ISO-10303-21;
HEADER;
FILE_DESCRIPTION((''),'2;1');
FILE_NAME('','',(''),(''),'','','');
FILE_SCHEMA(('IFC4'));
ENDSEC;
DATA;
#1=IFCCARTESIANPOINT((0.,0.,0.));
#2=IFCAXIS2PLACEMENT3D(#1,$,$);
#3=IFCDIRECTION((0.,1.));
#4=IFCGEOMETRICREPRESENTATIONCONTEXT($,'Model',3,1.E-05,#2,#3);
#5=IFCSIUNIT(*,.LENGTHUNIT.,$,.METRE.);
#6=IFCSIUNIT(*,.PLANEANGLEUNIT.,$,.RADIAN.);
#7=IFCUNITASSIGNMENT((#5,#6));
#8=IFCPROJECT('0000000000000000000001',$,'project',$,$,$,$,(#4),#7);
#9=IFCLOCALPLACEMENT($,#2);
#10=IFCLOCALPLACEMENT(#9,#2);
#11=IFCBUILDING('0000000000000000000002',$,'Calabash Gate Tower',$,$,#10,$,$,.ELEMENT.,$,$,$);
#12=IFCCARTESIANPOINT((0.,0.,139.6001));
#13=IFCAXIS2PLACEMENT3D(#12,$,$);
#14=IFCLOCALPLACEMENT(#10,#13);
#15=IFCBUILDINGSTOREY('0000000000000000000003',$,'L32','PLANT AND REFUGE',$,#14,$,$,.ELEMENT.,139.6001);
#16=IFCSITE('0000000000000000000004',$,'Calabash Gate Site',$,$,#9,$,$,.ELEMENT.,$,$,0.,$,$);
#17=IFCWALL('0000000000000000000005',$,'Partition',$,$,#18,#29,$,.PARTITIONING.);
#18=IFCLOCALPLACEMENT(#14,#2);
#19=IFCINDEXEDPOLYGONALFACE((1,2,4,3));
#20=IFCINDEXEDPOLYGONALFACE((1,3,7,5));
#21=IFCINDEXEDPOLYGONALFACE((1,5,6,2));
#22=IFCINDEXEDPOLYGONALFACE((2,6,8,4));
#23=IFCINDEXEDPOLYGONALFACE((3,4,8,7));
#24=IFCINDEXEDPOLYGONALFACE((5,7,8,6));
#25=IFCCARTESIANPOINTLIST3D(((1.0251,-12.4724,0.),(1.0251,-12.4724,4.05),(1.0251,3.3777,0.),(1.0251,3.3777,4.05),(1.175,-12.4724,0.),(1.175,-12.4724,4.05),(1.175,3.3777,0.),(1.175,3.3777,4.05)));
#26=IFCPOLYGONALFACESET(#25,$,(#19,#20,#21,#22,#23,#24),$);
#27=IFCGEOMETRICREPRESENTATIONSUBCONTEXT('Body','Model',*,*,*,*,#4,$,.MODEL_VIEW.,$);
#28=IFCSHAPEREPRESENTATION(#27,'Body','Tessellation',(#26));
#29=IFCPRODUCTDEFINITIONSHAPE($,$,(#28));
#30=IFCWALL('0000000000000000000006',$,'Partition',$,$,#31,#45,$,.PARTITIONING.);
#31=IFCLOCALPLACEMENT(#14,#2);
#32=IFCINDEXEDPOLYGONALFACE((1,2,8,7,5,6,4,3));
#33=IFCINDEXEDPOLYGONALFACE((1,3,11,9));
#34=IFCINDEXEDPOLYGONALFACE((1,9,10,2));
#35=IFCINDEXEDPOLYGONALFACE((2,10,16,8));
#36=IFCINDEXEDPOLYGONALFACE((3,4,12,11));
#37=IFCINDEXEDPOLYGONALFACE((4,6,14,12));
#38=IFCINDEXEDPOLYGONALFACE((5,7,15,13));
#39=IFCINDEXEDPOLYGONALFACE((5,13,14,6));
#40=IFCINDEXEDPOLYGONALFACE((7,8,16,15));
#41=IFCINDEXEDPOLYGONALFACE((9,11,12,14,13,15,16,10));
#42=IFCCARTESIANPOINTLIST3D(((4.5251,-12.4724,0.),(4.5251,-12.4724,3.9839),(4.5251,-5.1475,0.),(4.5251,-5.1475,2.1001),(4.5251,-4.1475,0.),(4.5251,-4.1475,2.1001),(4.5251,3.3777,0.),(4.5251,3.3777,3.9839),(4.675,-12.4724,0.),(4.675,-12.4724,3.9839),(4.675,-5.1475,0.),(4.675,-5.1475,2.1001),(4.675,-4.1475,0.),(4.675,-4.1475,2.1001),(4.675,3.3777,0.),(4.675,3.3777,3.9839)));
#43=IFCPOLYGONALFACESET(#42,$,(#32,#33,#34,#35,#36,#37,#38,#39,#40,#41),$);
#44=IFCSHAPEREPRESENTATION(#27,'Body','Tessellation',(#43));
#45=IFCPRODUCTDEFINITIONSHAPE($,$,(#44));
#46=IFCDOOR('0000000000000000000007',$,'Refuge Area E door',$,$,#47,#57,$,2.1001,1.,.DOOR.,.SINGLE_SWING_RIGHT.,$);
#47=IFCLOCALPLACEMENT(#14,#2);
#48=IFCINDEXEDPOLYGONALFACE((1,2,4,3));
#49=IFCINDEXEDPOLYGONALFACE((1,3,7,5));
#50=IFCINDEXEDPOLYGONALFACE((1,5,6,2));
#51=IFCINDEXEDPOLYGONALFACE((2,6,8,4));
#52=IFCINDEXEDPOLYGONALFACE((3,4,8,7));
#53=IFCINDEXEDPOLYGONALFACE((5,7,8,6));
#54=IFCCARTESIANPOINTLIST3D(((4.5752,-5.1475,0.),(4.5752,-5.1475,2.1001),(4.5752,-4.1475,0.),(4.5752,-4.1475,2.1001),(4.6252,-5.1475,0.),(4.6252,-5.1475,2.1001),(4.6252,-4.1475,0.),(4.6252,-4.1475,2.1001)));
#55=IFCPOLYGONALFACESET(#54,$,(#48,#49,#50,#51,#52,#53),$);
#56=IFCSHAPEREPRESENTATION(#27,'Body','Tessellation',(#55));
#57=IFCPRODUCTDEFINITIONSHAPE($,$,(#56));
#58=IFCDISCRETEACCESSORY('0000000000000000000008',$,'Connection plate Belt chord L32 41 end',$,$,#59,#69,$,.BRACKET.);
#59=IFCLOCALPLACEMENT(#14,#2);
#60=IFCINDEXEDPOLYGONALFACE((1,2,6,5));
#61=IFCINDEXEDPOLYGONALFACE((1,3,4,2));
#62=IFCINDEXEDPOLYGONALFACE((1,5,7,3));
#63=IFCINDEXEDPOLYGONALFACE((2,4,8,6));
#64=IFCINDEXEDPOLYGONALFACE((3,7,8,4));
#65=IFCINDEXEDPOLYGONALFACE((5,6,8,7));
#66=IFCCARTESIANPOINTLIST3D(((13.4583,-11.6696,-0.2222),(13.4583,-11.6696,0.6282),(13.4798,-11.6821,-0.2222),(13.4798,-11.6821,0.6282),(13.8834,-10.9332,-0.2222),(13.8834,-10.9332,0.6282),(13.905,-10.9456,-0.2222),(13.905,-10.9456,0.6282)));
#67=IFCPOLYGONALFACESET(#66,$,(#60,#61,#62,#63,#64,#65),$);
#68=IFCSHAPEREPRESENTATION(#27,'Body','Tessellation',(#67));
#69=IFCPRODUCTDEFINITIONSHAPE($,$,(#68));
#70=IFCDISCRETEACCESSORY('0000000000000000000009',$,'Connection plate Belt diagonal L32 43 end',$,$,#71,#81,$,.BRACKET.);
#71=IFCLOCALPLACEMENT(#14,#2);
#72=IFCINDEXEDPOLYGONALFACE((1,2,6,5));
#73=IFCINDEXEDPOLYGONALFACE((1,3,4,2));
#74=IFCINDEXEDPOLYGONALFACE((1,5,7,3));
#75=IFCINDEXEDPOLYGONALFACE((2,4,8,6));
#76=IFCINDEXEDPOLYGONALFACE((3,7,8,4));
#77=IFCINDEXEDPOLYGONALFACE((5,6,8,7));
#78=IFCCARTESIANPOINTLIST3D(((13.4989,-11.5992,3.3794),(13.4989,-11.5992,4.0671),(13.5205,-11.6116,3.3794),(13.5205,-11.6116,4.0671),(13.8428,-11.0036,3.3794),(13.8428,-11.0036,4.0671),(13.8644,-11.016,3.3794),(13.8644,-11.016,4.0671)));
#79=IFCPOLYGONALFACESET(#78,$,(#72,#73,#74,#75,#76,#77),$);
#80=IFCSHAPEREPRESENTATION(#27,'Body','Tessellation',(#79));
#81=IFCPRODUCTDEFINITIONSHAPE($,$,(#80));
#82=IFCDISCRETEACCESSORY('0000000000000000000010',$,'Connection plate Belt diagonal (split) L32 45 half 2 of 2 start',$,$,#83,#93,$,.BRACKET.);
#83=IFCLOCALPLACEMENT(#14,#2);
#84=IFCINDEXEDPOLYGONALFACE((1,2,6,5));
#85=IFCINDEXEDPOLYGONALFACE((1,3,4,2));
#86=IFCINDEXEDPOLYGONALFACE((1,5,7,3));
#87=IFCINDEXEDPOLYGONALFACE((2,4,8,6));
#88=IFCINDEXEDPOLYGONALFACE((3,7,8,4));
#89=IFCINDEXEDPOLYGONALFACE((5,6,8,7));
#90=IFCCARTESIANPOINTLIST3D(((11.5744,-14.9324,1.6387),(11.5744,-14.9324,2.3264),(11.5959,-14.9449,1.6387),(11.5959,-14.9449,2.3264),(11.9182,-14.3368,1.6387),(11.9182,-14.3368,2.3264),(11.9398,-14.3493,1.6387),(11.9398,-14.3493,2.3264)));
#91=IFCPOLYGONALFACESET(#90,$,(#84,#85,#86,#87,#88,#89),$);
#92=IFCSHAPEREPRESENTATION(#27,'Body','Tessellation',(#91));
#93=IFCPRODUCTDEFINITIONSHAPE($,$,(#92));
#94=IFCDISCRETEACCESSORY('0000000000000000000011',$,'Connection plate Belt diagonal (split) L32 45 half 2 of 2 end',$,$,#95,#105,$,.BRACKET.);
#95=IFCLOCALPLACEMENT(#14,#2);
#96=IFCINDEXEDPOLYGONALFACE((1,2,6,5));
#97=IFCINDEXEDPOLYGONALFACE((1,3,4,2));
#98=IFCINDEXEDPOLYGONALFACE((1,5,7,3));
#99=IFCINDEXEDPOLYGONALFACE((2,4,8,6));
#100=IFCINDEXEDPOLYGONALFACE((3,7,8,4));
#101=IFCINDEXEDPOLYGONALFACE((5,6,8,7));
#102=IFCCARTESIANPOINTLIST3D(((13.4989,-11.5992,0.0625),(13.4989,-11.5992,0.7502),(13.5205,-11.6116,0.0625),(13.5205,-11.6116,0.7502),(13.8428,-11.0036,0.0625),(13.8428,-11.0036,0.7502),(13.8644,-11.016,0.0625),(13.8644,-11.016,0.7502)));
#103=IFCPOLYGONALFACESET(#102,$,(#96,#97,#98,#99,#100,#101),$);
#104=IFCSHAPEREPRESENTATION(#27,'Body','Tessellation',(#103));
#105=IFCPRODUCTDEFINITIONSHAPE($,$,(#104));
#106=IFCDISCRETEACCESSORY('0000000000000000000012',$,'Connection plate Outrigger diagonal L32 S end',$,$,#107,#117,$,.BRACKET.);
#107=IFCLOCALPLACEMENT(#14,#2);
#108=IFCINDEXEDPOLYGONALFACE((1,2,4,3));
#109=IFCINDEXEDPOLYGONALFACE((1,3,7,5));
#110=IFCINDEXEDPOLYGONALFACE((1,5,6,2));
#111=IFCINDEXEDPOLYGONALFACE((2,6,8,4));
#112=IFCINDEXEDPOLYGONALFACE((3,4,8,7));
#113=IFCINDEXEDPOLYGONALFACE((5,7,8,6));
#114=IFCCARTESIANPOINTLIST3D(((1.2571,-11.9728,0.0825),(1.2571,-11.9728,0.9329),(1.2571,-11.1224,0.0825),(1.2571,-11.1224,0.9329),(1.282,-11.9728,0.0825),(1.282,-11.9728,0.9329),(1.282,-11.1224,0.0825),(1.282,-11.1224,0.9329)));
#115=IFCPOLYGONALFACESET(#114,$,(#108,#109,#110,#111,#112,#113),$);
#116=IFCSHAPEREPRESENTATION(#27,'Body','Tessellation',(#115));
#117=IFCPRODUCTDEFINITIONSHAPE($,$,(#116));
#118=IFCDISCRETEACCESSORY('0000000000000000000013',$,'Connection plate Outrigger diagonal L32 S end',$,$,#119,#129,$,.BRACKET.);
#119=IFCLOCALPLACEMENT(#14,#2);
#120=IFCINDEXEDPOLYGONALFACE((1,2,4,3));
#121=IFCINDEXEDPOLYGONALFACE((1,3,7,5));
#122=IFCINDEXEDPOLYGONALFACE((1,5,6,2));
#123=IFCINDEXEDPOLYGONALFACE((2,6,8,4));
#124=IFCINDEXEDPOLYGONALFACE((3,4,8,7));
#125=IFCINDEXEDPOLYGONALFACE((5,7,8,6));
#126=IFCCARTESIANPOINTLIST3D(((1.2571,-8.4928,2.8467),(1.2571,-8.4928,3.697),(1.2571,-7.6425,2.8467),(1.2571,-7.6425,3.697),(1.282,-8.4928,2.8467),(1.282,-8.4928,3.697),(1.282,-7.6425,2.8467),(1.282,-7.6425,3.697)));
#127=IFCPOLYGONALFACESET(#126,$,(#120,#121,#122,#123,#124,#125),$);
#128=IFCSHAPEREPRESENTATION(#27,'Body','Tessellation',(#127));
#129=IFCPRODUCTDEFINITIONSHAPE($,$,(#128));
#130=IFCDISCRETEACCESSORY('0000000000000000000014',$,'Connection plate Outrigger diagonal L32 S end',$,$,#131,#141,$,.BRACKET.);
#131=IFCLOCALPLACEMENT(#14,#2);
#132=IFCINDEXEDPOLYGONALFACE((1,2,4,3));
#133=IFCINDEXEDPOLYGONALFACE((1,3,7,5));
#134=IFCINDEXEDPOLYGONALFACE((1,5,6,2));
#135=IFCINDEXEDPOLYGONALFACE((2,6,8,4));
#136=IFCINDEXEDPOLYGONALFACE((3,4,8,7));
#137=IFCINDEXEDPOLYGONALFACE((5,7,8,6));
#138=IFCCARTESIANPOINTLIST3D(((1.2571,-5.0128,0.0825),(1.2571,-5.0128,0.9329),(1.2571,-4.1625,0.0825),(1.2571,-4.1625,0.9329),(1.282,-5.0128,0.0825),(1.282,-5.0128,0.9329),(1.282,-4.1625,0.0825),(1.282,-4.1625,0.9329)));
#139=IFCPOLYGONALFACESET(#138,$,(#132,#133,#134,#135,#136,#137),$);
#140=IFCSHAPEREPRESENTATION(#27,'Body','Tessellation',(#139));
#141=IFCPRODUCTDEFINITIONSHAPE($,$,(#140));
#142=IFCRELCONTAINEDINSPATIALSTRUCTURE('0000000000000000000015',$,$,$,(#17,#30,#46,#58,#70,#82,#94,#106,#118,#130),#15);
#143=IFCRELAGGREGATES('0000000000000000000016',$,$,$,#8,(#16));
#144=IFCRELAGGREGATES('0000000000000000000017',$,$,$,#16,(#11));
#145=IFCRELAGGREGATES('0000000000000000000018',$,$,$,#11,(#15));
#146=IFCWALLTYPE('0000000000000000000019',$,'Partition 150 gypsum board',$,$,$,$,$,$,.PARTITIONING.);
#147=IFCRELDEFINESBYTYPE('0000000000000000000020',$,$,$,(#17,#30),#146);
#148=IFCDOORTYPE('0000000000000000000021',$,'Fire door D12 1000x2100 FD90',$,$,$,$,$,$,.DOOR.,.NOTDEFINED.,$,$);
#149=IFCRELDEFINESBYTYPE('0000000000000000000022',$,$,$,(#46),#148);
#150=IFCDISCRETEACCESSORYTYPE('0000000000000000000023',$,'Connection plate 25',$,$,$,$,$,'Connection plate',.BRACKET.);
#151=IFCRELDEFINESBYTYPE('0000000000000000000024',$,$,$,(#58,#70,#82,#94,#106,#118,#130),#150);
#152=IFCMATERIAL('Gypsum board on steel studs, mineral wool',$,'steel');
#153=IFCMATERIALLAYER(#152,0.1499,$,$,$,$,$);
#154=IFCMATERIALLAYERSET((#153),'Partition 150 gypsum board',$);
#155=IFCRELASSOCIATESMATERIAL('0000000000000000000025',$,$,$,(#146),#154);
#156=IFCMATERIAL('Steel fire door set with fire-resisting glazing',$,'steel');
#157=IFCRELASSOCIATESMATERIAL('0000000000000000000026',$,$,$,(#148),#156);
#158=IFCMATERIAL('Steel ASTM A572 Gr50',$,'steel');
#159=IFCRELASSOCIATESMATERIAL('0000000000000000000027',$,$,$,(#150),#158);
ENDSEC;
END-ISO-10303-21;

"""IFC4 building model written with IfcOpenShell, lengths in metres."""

from ifc_helpers import new_model, si_unit, direction, frame, frame_2d, origin, origin_2d, place, context, subcontext, project, spatial, rectangle, extrude, material, layer, layer_set, type_object, element, fill, save


model = new_model("IFC4")

# Units and contexts
model_context = context("Model", 3, precision=1e-05, world=origin(), true_north=direction((0.0, 1.0)))
body_context = subcontext(model_context, "Body", "Model", "MODEL_VIEW")
ifc_project = project(units=[si_unit("LENGTHUNIT", "METRE"), si_unit("PLANEANGLEUNIT", "RADIAN")], contexts=[model_context])

# Site, building, storey
site_placement = place(None, origin())
site = spatial("IfcSite", under=ifc_project, at=site_placement, Name="Calabash Gate Site", CompositionType="ELEMENT", RefElevation=0.0)
building_placement = place(site_placement, origin())
building = spatial("IfcBuilding", under=site, at=building_placement, Name="Calabash Gate Tower", CompositionType="ELEMENT")
storey_placement = place(building_placement, frame((0.0, 0.0, 139.6001)))
storey = spatial("IfcBuildingStorey", under=building, at=storey_placement, Name="L32", Description="PLANT AND REFUGE", CompositionType="ELEMENT", Elevation=139.6001)

# Wall
ifc_material_1 = material(Name="Gypsum board on steel studs, mineral wool", Category="steel")
ifc_layer = layer(ifc_material_1, 0.1499)
ifc_layer_set = layer_set([ifc_layer], Name="Partition 150 gypsum board")
wall_type = type_object("IfcWallType", Name="Partition 150 gypsum board", PredefinedType="PARTITIONING", material=ifc_layer_set)
wall_1_placement = place(storey_placement, frame((1.1001, -12.4724, 0.0), z_axis=(0.0, 0.0, 1.0), x_axis=(0.0, 1.0, 0.0)))
element("IfcWall", 1, at=wall_1_placement, inside=storey, type_object=wall_type, Name="Partition", PredefinedType="PARTITIONING", context=body_context, shape_type="SweptSolid", body=[
    extrude(rectangle(XDim=15.8501, YDim=0.1499, at=frame_2d((7.925, 0.0))), origin(), (0.0, 0.0, 1.0), 4.05),
])

# Wall, opening, door
wall_2_placement = place(storey_placement, frame((4.6001, -12.4724, 0.0), z_axis=(0.0, 0.0, 1.0), x_axis=(0.0, 1.0, 0.0)))
wall_2 = element("IfcWall", 2, at=wall_2_placement, inside=storey, type_object=wall_type, Name="Partition", PredefinedType="PARTITIONING", context=body_context, shape_type="SweptSolid", body=[
    extrude(rectangle(XDim=15.8501, YDim=0.1499, at=frame_2d((7.925, 0.0))), origin(), (0.0, 0.0, 1.0), 3.9839),
])
opening_placement = place(wall_2_placement, frame((7.325, 0.0, 0.0)))
opening = element("IfcOpeningElement", 3, at=opening_placement, cuts=wall_2, PredefinedType="OPENING", context=body_context, shape_type="SweptSolid", body=[
    extrude(rectangle(XDim=1.0, YDim=2.1001, at=frame_2d((0.5, 1.05))), frame((0.0, 0.085, 0.0), z_axis=(0.0, -1.0, 0.0), x_axis=(1.0, 0.0, 0.0)), (0.0, 0.0, 1.0), 0.1699),
])
ifc_material_2 = material(Name="Steel fire door set with fire-resisting glazing", Category="steel")
door_type = type_object("IfcDoorType", Name="Fire door D12 1000x2100 FD90", OperationType="NOTDEFINED", PredefinedType="DOOR", material=ifc_material_2)
door_placement = place(opening_placement, origin())
door = element("IfcDoor", 4, at=door_placement, inside=storey, type_object=door_type, Name="Refuge Area E door", OperationType="SINGLE_SWING_RIGHT", OverallHeight=2.1001, OverallWidth=1.0, PredefinedType="DOOR", context=body_context, shape_type="SweptSolid", body=[
    extrude(rectangle(XDim=1.0, YDim=2.1001, at=frame_2d((0.5, 1.05))), frame((0.0, 0.0249, 0.0), z_axis=(0.0, -1.0, 0.0), x_axis=(1.0, 0.0, 0.0)), (0.0, 0.0, 1.0), 0.05),
])
fill(opening, door)

# Discrete accessories
ifc_material_3 = material(Name="Steel ASTM A572 Gr50", Category="steel")
discrete_accessory_type = type_object("IfcDiscreteAccessoryType", Name="Connection plate 25", ElementType="Connection plate", PredefinedType="BRACKET", material=ifc_material_3)
discrete_accessory_placement = place(storey_placement, frame((13.6816, -11.3076, -0.2222), z_axis=(0.0, 0.0, 1.0), x_axis=(0.5, 0.866025, 0.0)))
element("IfcDiscreteAccessory", 5, at=discrete_accessory_placement, inside=storey, type_object=discrete_accessory_type, Name="Connection plate Belt chord L32 41 end", PredefinedType="BRACKET", context=body_context, shape_type="SweptSolid", body=[
    extrude(rectangle(XDim=0.8503, YDim=0.0249, at=origin_2d()), origin(), (0.0, 0.0, 1.0), 0.8503),
])
for number, where, z_axis, x_axis, name in (
    (6, (13.6816, -11.3076, 3.3794), (0.0, 0.0, 1.0), (0.5, 0.866025, 0.0), "Connection plate Belt diagonal L32 43 end"),
    (7, (11.7571, -14.6409, 1.6387), (0.0, 0.0, 1.0), (0.5, 0.866025, 0.0), "Connection plate Belt diagonal (split) L32 45 half 2 of 2 start"),
    (8, (13.6816, -11.3076, 0.0625), (0.0, 0.0, 1.0), (0.5, 0.866025, 0.0), "Connection plate Belt diagonal (split) L32 45 half 2 of 2 end"),
):
    element("IfcDiscreteAccessory", number, at=place(storey_placement, frame(where, z_axis=z_axis, x_axis=x_axis)), inside=storey, type_object=discrete_accessory_type, Name=name, PredefinedType="BRACKET", context=body_context, shape_type="SweptSolid", body=[
        extrude(rectangle(XDim=0.6877, YDim=0.0249, at=origin_2d()), origin(), (0.0, 0.0, 1.0), 0.6877),
    ])
for number, where, z_axis, x_axis, name in (
    (9, (1.2695, -11.5476, 0.0825), (0.0, 0.0, 1.0), (0.0, 1.0, 0.0), "Connection plate Outrigger diagonal L32 S end"),
    (10, (1.2695, -8.0676, 2.8467), (0.0, 0.0, 1.0), (0.0, 1.0, 0.0), "Connection plate Outrigger diagonal L32 S end"),
    (11, (1.2695, -4.5876, 0.0825), (0.0, 0.0, 1.0), (0.0, 1.0, 0.0), "Connection plate Outrigger diagonal L32 S end"),
):
    element("IfcDiscreteAccessory", number, at=place(storey_placement, frame(where, z_axis=z_axis, x_axis=x_axis)), inside=storey, type_object=discrete_accessory_type, Name=name, PredefinedType="BRACKET", context=body_context, shape_type="SweptSolid", body=[
        extrude(rectangle(XDim=0.8503, YDim=0.0249, at=origin_2d()), origin(), (0.0, 0.0, 1.0), 0.8503),
    ])

save(model, "model.ifc")
